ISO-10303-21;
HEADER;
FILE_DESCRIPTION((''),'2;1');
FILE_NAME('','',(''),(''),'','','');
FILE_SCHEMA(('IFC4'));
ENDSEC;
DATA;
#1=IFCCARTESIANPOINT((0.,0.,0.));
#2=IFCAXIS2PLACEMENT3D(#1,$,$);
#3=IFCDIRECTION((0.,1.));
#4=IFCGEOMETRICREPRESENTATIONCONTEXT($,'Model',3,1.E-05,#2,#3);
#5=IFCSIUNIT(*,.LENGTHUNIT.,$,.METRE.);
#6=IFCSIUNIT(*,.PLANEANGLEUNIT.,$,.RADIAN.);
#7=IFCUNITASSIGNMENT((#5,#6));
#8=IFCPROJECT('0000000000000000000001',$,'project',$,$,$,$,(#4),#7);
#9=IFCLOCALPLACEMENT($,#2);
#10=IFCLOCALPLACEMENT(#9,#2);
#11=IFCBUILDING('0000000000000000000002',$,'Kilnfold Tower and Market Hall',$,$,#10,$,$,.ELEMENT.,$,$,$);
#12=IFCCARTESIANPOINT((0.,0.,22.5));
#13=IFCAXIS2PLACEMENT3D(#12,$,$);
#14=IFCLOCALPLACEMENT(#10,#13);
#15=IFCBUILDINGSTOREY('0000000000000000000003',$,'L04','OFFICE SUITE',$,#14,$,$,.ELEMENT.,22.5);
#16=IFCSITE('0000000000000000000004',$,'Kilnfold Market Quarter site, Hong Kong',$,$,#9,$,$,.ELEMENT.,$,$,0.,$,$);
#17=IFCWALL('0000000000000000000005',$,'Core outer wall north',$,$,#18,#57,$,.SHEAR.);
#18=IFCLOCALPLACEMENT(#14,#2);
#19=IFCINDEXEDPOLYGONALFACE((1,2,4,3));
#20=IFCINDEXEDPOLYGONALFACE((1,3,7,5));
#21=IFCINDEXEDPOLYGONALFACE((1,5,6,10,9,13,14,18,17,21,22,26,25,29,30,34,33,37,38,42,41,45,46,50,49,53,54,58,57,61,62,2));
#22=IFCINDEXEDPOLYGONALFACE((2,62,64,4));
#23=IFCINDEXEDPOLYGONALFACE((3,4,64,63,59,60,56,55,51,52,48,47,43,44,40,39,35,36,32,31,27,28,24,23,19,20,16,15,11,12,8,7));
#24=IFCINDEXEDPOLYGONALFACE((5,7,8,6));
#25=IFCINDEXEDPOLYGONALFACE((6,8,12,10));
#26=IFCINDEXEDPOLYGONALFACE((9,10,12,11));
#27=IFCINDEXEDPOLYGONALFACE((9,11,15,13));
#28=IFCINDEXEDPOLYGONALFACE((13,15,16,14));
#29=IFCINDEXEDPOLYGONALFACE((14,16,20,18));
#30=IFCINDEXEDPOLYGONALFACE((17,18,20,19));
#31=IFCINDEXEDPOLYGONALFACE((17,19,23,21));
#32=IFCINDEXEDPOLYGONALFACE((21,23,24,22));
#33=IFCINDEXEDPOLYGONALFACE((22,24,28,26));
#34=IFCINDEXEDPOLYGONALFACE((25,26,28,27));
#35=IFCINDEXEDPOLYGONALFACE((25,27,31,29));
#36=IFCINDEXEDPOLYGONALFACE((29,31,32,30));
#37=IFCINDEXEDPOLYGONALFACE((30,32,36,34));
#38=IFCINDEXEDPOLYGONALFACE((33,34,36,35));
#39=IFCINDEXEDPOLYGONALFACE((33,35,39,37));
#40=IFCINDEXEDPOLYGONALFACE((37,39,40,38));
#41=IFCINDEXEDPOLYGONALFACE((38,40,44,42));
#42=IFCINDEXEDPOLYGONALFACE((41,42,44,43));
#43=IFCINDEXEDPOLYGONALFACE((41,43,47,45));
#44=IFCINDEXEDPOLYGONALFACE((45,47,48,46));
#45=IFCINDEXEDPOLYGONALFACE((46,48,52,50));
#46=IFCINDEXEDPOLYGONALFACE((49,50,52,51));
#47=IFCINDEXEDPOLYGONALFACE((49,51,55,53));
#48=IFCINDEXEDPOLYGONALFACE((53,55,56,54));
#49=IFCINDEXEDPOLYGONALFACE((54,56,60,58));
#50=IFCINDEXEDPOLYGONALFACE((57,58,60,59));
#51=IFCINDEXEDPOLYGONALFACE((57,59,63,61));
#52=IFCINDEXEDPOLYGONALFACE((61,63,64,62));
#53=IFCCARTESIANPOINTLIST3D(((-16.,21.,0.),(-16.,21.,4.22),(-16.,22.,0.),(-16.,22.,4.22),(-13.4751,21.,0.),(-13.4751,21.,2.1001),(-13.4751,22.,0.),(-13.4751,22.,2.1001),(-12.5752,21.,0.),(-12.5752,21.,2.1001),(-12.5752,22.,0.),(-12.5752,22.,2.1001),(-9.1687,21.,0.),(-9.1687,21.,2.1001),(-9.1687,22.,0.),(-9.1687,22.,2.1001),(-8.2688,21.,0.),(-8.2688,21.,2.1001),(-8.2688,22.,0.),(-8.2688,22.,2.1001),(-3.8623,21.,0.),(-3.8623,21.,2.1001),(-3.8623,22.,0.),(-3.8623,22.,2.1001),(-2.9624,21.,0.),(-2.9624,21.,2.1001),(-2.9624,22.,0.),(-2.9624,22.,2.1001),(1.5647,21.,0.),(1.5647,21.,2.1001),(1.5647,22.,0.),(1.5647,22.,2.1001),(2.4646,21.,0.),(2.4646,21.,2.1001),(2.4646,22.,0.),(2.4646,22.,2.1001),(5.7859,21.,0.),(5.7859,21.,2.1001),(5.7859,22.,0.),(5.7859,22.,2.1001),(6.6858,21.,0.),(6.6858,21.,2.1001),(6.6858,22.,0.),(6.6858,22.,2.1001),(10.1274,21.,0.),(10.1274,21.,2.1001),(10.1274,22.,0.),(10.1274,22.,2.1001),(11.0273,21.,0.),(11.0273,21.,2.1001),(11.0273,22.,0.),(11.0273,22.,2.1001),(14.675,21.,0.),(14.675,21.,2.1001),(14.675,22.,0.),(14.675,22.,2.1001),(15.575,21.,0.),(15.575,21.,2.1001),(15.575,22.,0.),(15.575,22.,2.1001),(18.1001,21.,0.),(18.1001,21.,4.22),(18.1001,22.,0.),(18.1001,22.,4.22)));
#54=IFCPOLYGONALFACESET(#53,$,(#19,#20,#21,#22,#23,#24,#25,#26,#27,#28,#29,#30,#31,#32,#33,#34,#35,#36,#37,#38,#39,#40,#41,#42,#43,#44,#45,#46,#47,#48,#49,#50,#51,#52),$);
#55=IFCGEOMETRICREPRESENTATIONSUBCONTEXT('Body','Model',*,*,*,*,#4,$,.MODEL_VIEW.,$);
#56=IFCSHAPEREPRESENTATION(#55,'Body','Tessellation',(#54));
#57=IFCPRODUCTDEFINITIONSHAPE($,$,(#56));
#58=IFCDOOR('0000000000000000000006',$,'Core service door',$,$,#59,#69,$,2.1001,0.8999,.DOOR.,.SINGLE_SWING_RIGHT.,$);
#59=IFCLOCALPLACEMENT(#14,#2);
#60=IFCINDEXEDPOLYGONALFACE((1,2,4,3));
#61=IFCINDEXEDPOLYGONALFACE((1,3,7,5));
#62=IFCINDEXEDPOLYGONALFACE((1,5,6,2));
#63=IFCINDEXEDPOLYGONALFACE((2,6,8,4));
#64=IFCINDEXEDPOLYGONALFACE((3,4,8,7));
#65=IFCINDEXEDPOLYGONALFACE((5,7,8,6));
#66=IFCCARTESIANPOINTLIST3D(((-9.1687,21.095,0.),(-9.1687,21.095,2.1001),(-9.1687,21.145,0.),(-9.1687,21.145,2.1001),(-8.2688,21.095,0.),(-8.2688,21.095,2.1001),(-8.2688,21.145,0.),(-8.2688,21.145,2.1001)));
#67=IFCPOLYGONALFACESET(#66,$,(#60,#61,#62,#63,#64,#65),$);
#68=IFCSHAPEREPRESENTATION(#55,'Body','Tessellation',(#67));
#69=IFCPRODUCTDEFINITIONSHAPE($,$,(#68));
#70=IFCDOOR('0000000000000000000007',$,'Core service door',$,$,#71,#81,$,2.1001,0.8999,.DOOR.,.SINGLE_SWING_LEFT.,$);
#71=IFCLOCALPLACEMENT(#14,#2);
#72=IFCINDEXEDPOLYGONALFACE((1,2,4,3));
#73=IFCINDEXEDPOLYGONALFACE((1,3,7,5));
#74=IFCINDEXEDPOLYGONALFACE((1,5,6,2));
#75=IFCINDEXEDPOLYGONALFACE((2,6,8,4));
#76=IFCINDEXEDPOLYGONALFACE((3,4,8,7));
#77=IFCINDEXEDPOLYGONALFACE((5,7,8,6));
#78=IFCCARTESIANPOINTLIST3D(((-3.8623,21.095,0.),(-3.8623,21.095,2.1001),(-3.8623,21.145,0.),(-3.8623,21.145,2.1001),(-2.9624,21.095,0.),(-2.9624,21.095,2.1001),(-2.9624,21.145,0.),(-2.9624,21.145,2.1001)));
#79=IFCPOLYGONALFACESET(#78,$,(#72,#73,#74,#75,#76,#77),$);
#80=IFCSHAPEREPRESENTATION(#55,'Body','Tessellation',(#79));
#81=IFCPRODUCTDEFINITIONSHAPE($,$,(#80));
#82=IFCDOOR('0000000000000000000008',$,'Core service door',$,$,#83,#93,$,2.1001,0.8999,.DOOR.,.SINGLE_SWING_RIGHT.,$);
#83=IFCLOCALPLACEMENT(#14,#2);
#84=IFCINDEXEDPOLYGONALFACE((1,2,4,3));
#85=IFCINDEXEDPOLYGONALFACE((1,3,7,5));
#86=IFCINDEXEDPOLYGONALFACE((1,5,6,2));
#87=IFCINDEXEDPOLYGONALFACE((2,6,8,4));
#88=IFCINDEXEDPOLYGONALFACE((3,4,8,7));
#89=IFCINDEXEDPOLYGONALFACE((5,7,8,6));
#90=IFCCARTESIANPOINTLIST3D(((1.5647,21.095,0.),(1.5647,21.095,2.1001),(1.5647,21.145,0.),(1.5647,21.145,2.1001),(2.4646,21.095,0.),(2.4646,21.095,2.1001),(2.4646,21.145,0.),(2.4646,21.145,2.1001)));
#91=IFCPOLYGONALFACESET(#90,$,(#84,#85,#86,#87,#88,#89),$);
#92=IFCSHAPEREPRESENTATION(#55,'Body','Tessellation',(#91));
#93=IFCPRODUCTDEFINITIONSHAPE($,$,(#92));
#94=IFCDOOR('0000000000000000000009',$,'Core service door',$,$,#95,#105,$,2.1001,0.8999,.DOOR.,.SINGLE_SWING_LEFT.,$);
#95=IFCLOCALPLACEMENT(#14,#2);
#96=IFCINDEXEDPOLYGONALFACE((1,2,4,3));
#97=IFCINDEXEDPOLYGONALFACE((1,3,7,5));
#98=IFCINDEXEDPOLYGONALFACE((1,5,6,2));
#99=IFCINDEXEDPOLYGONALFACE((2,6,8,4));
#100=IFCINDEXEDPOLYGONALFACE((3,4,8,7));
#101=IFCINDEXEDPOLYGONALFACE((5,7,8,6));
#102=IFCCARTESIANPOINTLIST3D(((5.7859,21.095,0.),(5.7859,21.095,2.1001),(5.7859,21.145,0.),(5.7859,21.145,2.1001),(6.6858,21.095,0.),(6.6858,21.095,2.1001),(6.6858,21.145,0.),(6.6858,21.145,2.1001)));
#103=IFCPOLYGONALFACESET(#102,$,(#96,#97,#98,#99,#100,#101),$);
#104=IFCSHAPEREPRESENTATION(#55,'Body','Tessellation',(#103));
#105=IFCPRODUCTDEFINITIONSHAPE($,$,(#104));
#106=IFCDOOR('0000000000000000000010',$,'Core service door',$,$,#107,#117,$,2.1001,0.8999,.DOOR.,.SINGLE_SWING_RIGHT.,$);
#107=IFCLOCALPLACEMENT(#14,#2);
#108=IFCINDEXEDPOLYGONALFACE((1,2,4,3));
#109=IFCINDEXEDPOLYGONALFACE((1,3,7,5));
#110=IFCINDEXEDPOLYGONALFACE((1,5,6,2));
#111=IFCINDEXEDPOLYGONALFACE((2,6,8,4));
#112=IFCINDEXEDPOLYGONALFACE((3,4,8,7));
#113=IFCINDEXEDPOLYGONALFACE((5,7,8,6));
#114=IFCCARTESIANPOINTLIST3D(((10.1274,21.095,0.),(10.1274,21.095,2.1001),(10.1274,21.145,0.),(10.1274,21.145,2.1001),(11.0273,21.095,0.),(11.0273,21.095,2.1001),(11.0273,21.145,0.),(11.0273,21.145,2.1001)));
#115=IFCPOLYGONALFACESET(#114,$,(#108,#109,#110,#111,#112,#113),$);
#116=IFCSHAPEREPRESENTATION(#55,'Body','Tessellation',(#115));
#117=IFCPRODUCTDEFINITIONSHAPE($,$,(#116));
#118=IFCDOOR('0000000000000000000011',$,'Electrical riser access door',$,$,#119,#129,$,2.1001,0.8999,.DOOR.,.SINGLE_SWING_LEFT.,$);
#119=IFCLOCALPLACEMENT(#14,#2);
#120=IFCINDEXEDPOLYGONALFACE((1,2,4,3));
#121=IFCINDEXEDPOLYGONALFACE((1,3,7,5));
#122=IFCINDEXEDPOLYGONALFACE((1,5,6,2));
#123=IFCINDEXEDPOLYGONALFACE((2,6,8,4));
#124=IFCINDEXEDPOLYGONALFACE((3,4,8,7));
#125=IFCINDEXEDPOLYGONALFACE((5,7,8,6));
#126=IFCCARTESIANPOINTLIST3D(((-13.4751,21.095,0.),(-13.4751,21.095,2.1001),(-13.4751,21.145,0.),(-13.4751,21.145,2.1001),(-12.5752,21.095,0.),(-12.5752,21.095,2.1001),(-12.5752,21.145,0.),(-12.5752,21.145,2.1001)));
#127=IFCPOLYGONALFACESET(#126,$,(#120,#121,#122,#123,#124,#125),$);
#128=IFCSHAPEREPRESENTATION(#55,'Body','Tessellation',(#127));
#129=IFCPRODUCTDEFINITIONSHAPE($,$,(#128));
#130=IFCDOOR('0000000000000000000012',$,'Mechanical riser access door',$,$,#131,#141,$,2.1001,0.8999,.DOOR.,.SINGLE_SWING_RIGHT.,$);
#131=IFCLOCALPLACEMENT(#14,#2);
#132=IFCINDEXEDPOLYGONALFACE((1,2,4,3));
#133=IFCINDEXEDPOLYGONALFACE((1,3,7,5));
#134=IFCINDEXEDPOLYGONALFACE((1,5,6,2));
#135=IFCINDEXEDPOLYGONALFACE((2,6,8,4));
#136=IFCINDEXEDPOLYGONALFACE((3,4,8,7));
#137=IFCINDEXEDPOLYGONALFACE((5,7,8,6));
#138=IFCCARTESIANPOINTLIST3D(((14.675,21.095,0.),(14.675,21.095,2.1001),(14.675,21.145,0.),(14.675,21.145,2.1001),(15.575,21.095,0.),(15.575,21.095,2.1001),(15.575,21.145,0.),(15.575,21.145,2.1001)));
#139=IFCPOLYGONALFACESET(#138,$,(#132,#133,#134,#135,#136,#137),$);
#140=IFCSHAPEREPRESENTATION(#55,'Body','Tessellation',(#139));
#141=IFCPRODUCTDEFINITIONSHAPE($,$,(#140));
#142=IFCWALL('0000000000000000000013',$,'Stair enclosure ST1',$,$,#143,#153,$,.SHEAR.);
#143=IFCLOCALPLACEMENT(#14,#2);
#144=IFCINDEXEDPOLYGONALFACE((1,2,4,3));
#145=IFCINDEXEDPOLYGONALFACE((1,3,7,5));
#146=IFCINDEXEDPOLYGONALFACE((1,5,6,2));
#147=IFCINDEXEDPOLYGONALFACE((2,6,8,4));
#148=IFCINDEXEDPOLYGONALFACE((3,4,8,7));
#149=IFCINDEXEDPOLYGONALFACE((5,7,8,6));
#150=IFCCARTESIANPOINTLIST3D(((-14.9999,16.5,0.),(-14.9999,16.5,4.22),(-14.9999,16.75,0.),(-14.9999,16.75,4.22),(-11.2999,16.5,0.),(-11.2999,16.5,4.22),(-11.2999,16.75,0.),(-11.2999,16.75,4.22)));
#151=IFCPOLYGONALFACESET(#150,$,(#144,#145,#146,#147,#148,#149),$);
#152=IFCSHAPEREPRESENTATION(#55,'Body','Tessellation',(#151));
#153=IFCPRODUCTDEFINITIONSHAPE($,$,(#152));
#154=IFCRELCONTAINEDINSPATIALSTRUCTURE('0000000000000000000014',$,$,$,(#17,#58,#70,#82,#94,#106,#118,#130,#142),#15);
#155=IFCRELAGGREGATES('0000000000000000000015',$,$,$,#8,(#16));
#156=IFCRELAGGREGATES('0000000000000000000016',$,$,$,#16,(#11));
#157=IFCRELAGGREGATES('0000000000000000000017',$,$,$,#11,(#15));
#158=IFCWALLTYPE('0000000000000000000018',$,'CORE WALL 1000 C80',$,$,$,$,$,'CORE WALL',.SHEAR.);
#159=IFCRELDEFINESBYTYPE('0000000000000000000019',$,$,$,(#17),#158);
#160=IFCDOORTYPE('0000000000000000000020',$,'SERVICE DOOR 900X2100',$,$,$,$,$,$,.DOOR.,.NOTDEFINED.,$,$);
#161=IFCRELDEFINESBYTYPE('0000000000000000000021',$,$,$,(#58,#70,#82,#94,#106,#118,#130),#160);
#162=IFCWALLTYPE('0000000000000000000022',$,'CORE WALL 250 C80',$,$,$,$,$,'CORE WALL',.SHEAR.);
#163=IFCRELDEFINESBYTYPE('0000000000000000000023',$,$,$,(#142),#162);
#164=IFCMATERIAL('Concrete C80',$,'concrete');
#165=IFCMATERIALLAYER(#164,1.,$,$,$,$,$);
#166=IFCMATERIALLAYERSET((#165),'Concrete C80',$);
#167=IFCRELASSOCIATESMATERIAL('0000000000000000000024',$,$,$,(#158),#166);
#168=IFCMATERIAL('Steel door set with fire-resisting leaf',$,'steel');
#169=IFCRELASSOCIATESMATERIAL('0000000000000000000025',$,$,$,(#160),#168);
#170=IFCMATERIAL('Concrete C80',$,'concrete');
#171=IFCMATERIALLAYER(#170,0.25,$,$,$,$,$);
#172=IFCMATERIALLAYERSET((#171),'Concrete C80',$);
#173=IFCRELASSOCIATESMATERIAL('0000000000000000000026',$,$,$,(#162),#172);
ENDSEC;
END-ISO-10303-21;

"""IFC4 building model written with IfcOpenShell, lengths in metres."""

from ifc_helpers import new_model, si_unit, direction, frame, frame_2d, origin, place, context, subcontext, project, spatial, rectangle, extrude, source, transform, mapped, material, layer, layer_set, type_object, element, fill, save


model = new_model("IFC4")

# Units and contexts
model_context = context("Model", 3, precision=1e-05, world=origin(), true_north=direction((0.0, 1.0)))
body_context = subcontext(model_context, "Body", "Model", "MODEL_VIEW")
ifc_project = project(units=[si_unit("LENGTHUNIT", "METRE"), si_unit("PLANEANGLEUNIT", "RADIAN")], contexts=[model_context])

# Site, building, storey
site_placement = place(None, origin())
site = spatial("IfcSite", under=ifc_project, at=site_placement, Name="Kilnfold Market Quarter site, Hong Kong", CompositionType="ELEMENT", RefElevation=0.0)
building_placement = place(site_placement, origin())
building = spatial("IfcBuilding", under=site, at=building_placement, Name="Kilnfold Tower and Market Hall", CompositionType="ELEMENT")
storey_placement = place(building_placement, frame((0.0, 0.0, 22.5)))
storey = spatial("IfcBuildingStorey", under=building, at=storey_placement, Name="L04", Description="OFFICE SUITE", CompositionType="ELEMENT", Elevation=22.5)

# Wall, openings, doors
ifc_material_1 = material(Name="Concrete C80", Category="concrete")
ifc_layer_1 = layer(ifc_material_1, 1.0)
ifc_layer_set_1 = layer_set([ifc_layer_1], Name="Concrete C80")
wall_type_1 = type_object("IfcWallType", Name="CORE WALL 1000 C80", ElementType="CORE WALL", PredefinedType="SHEAR", material=ifc_layer_set_1)
shared_shape_1 = source(origin(), body_context, "Body", "SweptSolid", [
    extrude(rectangle(XDim=34.1001, YDim=1.0, at=frame_2d((17.05, 0.0))), origin(), (0.0, 0.0, 1.0), 4.22),
])
wall_1_placement = place(storey_placement, frame((-16.0, 21.5, 0.0), z_axis=(0.0, 0.0, 1.0), x_axis=(1.0, 0.0, 0.0)))
wall_1 = element("IfcWall", 1, at=wall_1_placement, inside=storey, type_object=wall_type_1, Name="Core outer wall north", PredefinedType="SHEAR", context=body_context, shape_type="MappedRepresentation", body=[
    mapped(shared_shape_1, transform((0.0, 0.0, 0.0))),
])
opening_1_placement = place(wall_1_placement, frame((6.8313, 0.0, 0.0)))
opening_1 = element("IfcOpeningElement", 2, at=opening_1_placement, cuts=wall_1, PredefinedType="OPENING", context=body_context, shape_type="SweptSolid", body=[
    extrude(rectangle(XDim=0.8999, YDim=2.1001, at=frame_2d((0.45, 1.05))), frame((0.0, 0.51, 0.0), z_axis=(0.0, -1.0, 0.0), x_axis=(1.0, 0.0, 0.0)), (0.0, 0.0, 1.0), 1.02),
])
opening_2_placement = place(wall_1_placement, frame((12.1377, 0.0, 0.0)))
opening_2 = element("IfcOpeningElement", 3, at=opening_2_placement, cuts=wall_1, PredefinedType="OPENING", context=body_context, shape_type="SweptSolid", body=[
    extrude(rectangle(XDim=0.8999, YDim=2.1001, at=frame_2d((0.45, 1.05))), frame((0.0, 0.51, 0.0), z_axis=(0.0, -1.0, 0.0), x_axis=(1.0, 0.0, 0.0)), (0.0, 0.0, 1.0), 1.02),
])
opening_3_placement = place(wall_1_placement, frame((17.5647, 0.0, 0.0)))
opening_3 = element("IfcOpeningElement", 4, at=opening_3_placement, cuts=wall_1, PredefinedType="OPENING", context=body_context, shape_type="SweptSolid", body=[
    extrude(rectangle(XDim=0.8999, YDim=2.1001, at=frame_2d((0.45, 1.05))), frame((0.0, 0.51, 0.0), z_axis=(0.0, -1.0, 0.0), x_axis=(1.0, 0.0, 0.0)), (0.0, 0.0, 1.0), 1.02),
])
opening_4_placement = place(wall_1_placement, frame((21.7859, 0.0, 0.0)))
opening_4 = element("IfcOpeningElement", 5, at=opening_4_placement, cuts=wall_1, PredefinedType="OPENING", context=body_context, shape_type="SweptSolid", body=[
    extrude(rectangle(XDim=0.8999, YDim=2.1001, at=frame_2d((0.45, 1.05))), frame((0.0, 0.51, 0.0), z_axis=(0.0, -1.0, 0.0), x_axis=(1.0, 0.0, 0.0)), (0.0, 0.0, 1.0), 1.02),
])
opening_5_placement = place(wall_1_placement, frame((26.1274, 0.0, 0.0)))
opening_5 = element("IfcOpeningElement", 6, at=opening_5_placement, cuts=wall_1, PredefinedType="OPENING", context=body_context, shape_type="SweptSolid", body=[
    extrude(rectangle(XDim=0.8999, YDim=2.1001, at=frame_2d((0.45, 1.05))), frame((0.0, 0.51, 0.0), z_axis=(0.0, -1.0, 0.0), x_axis=(1.0, 0.0, 0.0)), (0.0, 0.0, 1.0), 1.02),
])
opening_6_placement = place(wall_1_placement, frame((2.5249, 0.0, 0.0)))
opening_6 = element("IfcOpeningElement", 7, at=opening_6_placement, cuts=wall_1, PredefinedType="OPENING", context=body_context, shape_type="SweptSolid", body=[
    extrude(rectangle(XDim=0.8999, YDim=2.1001, at=frame_2d((0.45, 1.05))), frame((0.0, 0.51, 0.0), z_axis=(0.0, -1.0, 0.0), x_axis=(1.0, 0.0, 0.0)), (0.0, 0.0, 1.0), 1.02),
])
opening_7_placement = place(wall_1_placement, frame((30.675, 0.0, 0.0)))
opening_7 = element("IfcOpeningElement", 8, at=opening_7_placement, cuts=wall_1, PredefinedType="OPENING", context=body_context, shape_type="SweptSolid", body=[
    extrude(rectangle(XDim=0.8999, YDim=2.1001, at=frame_2d((0.45, 1.05))), frame((0.0, 0.51, 0.0), z_axis=(0.0, -1.0, 0.0), x_axis=(1.0, 0.0, 0.0)), (0.0, 0.0, 1.0), 1.02),
])
ifc_material_2 = material(Name="Steel door set with fire-resisting leaf", Category="steel")
door_type = type_object("IfcDoorType", Name="SERVICE DOOR 900X2100", OperationType="NOTDEFINED", PredefinedType="DOOR", material=ifc_material_2)
door_1_placement = place(opening_1_placement, origin())
door_1 = element("IfcDoor", 9, at=door_1_placement, inside=storey, type_object=door_type, Name="Core service door", OperationType="SINGLE_SWING_RIGHT", OverallHeight=2.1001, OverallWidth=0.8999, PredefinedType="DOOR", context=body_context, shape_type="SweptSolid", body=[
    extrude(rectangle(XDim=0.8999, YDim=2.1001, at=frame_2d((0.45, 1.05))), frame((0.0, -0.355, 0.0), z_axis=(0.0, -1.0, 0.0), x_axis=(1.0, 0.0, 0.0)), (0.0, 0.0, 1.0), 0.05),
])
fill(opening_1, door_1)
door_2_placement = place(opening_2_placement, origin())
door_2 = element("IfcDoor", 10, at=door_2_placement, inside=storey, type_object=door_type, Name="Core service door", OperationType="SINGLE_SWING_LEFT", OverallHeight=2.1001, OverallWidth=0.8999, PredefinedType="DOOR", context=body_context, shape_type="SweptSolid", body=[
    extrude(rectangle(XDim=0.8999, YDim=2.1001, at=frame_2d((0.45, 1.05))), frame((0.0, -0.355, 0.0), z_axis=(0.0, -1.0, 0.0), x_axis=(1.0, 0.0, 0.0)), (0.0, 0.0, 1.0), 0.05),
])
fill(opening_2, door_2)
door_3_placement = place(opening_3_placement, origin())
door_3 = element("IfcDoor", 11, at=door_3_placement, inside=storey, type_object=door_type, Name="Core service door", OperationType="SINGLE_SWING_RIGHT", OverallHeight=2.1001, OverallWidth=0.8999, PredefinedType="DOOR", context=body_context, shape_type="SweptSolid", body=[
    extrude(rectangle(XDim=0.8999, YDim=2.1001, at=frame_2d((0.45, 1.05))), frame((0.0, -0.355, 0.0), z_axis=(0.0, -1.0, 0.0), x_axis=(1.0, 0.0, 0.0)), (0.0, 0.0, 1.0), 0.05),
])
fill(opening_3, door_3)
door_4_placement = place(opening_4_placement, origin())
door_4 = element("IfcDoor", 12, at=door_4_placement, inside=storey, type_object=door_type, Name="Core service door", OperationType="SINGLE_SWING_LEFT", OverallHeight=2.1001, OverallWidth=0.8999, PredefinedType="DOOR", context=body_context, shape_type="SweptSolid", body=[
    extrude(rectangle(XDim=0.8999, YDim=2.1001, at=frame_2d((0.45, 1.05))), frame((0.0, -0.355, 0.0), z_axis=(0.0, -1.0, 0.0), x_axis=(1.0, 0.0, 0.0)), (0.0, 0.0, 1.0), 0.05),
])
fill(opening_4, door_4)
door_5_placement = place(opening_5_placement, origin())
door_5 = element("IfcDoor", 13, at=door_5_placement, inside=storey, type_object=door_type, Name="Core service door", OperationType="SINGLE_SWING_RIGHT", OverallHeight=2.1001, OverallWidth=0.8999, PredefinedType="DOOR", context=body_context, shape_type="SweptSolid", body=[
    extrude(rectangle(XDim=0.8999, YDim=2.1001, at=frame_2d((0.45, 1.05))), frame((0.0, -0.355, 0.0), z_axis=(0.0, -1.0, 0.0), x_axis=(1.0, 0.0, 0.0)), (0.0, 0.0, 1.0), 0.05),
])
fill(opening_5, door_5)
door_6_placement = place(opening_6_placement, origin())
door_6 = element("IfcDoor", 14, at=door_6_placement, inside=storey, type_object=door_type, Name="Electrical riser access door", OperationType="SINGLE_SWING_LEFT", OverallHeight=2.1001, OverallWidth=0.8999, PredefinedType="DOOR", context=body_context, shape_type="SweptSolid", body=[
    extrude(rectangle(XDim=0.8999, YDim=2.1001, at=frame_2d((0.45, 1.05))), frame((0.0, -0.355, 0.0), z_axis=(0.0, -1.0, 0.0), x_axis=(1.0, 0.0, 0.0)), (0.0, 0.0, 1.0), 0.05),
])
fill(opening_6, door_6)
door_7_placement = place(opening_7_placement, origin())
door_7 = element("IfcDoor", 15, at=door_7_placement, inside=storey, type_object=door_type, Name="Mechanical riser access door", OperationType="SINGLE_SWING_RIGHT", OverallHeight=2.1001, OverallWidth=0.8999, PredefinedType="DOOR", context=body_context, shape_type="SweptSolid", body=[
    extrude(rectangle(XDim=0.8999, YDim=2.1001, at=frame_2d((0.45, 1.05))), frame((0.0, -0.355, 0.0), z_axis=(0.0, -1.0, 0.0), x_axis=(1.0, 0.0, 0.0)), (0.0, 0.0, 1.0), 0.05),
])
fill(opening_7, door_7)

# Wall
ifc_material_3 = material(Name="Concrete C80", Category="concrete")
ifc_layer_2 = layer(ifc_material_3, 0.25)
ifc_layer_set_2 = layer_set([ifc_layer_2], Name="Concrete C80")
wall_type_2 = type_object("IfcWallType", Name="CORE WALL 250 C80", ElementType="CORE WALL", PredefinedType="SHEAR", material=ifc_layer_set_2)
shared_shape_2 = source(origin(), body_context, "Body", "SweptSolid", [
    extrude(rectangle(XDim=3.7, YDim=0.25, at=frame_2d((1.8501, 0.0))), origin(), (0.0, 0.0, 1.0), 4.22),
])
wall_2_placement = place(storey_placement, frame((-15.0, 16.625, 0.0), z_axis=(0.0, 0.0, 1.0), x_axis=(1.0, 0.0, 0.0)))
element("IfcWall", 16, at=wall_2_placement, inside=storey, type_object=wall_type_2, Name="Stair enclosure ST1", PredefinedType="SHEAR", context=body_context, shape_type="MappedRepresentation", body=[
    mapped(shared_shape_2, transform((0.0, 0.0, 0.0))),
])

save(model, "model.ifc")
